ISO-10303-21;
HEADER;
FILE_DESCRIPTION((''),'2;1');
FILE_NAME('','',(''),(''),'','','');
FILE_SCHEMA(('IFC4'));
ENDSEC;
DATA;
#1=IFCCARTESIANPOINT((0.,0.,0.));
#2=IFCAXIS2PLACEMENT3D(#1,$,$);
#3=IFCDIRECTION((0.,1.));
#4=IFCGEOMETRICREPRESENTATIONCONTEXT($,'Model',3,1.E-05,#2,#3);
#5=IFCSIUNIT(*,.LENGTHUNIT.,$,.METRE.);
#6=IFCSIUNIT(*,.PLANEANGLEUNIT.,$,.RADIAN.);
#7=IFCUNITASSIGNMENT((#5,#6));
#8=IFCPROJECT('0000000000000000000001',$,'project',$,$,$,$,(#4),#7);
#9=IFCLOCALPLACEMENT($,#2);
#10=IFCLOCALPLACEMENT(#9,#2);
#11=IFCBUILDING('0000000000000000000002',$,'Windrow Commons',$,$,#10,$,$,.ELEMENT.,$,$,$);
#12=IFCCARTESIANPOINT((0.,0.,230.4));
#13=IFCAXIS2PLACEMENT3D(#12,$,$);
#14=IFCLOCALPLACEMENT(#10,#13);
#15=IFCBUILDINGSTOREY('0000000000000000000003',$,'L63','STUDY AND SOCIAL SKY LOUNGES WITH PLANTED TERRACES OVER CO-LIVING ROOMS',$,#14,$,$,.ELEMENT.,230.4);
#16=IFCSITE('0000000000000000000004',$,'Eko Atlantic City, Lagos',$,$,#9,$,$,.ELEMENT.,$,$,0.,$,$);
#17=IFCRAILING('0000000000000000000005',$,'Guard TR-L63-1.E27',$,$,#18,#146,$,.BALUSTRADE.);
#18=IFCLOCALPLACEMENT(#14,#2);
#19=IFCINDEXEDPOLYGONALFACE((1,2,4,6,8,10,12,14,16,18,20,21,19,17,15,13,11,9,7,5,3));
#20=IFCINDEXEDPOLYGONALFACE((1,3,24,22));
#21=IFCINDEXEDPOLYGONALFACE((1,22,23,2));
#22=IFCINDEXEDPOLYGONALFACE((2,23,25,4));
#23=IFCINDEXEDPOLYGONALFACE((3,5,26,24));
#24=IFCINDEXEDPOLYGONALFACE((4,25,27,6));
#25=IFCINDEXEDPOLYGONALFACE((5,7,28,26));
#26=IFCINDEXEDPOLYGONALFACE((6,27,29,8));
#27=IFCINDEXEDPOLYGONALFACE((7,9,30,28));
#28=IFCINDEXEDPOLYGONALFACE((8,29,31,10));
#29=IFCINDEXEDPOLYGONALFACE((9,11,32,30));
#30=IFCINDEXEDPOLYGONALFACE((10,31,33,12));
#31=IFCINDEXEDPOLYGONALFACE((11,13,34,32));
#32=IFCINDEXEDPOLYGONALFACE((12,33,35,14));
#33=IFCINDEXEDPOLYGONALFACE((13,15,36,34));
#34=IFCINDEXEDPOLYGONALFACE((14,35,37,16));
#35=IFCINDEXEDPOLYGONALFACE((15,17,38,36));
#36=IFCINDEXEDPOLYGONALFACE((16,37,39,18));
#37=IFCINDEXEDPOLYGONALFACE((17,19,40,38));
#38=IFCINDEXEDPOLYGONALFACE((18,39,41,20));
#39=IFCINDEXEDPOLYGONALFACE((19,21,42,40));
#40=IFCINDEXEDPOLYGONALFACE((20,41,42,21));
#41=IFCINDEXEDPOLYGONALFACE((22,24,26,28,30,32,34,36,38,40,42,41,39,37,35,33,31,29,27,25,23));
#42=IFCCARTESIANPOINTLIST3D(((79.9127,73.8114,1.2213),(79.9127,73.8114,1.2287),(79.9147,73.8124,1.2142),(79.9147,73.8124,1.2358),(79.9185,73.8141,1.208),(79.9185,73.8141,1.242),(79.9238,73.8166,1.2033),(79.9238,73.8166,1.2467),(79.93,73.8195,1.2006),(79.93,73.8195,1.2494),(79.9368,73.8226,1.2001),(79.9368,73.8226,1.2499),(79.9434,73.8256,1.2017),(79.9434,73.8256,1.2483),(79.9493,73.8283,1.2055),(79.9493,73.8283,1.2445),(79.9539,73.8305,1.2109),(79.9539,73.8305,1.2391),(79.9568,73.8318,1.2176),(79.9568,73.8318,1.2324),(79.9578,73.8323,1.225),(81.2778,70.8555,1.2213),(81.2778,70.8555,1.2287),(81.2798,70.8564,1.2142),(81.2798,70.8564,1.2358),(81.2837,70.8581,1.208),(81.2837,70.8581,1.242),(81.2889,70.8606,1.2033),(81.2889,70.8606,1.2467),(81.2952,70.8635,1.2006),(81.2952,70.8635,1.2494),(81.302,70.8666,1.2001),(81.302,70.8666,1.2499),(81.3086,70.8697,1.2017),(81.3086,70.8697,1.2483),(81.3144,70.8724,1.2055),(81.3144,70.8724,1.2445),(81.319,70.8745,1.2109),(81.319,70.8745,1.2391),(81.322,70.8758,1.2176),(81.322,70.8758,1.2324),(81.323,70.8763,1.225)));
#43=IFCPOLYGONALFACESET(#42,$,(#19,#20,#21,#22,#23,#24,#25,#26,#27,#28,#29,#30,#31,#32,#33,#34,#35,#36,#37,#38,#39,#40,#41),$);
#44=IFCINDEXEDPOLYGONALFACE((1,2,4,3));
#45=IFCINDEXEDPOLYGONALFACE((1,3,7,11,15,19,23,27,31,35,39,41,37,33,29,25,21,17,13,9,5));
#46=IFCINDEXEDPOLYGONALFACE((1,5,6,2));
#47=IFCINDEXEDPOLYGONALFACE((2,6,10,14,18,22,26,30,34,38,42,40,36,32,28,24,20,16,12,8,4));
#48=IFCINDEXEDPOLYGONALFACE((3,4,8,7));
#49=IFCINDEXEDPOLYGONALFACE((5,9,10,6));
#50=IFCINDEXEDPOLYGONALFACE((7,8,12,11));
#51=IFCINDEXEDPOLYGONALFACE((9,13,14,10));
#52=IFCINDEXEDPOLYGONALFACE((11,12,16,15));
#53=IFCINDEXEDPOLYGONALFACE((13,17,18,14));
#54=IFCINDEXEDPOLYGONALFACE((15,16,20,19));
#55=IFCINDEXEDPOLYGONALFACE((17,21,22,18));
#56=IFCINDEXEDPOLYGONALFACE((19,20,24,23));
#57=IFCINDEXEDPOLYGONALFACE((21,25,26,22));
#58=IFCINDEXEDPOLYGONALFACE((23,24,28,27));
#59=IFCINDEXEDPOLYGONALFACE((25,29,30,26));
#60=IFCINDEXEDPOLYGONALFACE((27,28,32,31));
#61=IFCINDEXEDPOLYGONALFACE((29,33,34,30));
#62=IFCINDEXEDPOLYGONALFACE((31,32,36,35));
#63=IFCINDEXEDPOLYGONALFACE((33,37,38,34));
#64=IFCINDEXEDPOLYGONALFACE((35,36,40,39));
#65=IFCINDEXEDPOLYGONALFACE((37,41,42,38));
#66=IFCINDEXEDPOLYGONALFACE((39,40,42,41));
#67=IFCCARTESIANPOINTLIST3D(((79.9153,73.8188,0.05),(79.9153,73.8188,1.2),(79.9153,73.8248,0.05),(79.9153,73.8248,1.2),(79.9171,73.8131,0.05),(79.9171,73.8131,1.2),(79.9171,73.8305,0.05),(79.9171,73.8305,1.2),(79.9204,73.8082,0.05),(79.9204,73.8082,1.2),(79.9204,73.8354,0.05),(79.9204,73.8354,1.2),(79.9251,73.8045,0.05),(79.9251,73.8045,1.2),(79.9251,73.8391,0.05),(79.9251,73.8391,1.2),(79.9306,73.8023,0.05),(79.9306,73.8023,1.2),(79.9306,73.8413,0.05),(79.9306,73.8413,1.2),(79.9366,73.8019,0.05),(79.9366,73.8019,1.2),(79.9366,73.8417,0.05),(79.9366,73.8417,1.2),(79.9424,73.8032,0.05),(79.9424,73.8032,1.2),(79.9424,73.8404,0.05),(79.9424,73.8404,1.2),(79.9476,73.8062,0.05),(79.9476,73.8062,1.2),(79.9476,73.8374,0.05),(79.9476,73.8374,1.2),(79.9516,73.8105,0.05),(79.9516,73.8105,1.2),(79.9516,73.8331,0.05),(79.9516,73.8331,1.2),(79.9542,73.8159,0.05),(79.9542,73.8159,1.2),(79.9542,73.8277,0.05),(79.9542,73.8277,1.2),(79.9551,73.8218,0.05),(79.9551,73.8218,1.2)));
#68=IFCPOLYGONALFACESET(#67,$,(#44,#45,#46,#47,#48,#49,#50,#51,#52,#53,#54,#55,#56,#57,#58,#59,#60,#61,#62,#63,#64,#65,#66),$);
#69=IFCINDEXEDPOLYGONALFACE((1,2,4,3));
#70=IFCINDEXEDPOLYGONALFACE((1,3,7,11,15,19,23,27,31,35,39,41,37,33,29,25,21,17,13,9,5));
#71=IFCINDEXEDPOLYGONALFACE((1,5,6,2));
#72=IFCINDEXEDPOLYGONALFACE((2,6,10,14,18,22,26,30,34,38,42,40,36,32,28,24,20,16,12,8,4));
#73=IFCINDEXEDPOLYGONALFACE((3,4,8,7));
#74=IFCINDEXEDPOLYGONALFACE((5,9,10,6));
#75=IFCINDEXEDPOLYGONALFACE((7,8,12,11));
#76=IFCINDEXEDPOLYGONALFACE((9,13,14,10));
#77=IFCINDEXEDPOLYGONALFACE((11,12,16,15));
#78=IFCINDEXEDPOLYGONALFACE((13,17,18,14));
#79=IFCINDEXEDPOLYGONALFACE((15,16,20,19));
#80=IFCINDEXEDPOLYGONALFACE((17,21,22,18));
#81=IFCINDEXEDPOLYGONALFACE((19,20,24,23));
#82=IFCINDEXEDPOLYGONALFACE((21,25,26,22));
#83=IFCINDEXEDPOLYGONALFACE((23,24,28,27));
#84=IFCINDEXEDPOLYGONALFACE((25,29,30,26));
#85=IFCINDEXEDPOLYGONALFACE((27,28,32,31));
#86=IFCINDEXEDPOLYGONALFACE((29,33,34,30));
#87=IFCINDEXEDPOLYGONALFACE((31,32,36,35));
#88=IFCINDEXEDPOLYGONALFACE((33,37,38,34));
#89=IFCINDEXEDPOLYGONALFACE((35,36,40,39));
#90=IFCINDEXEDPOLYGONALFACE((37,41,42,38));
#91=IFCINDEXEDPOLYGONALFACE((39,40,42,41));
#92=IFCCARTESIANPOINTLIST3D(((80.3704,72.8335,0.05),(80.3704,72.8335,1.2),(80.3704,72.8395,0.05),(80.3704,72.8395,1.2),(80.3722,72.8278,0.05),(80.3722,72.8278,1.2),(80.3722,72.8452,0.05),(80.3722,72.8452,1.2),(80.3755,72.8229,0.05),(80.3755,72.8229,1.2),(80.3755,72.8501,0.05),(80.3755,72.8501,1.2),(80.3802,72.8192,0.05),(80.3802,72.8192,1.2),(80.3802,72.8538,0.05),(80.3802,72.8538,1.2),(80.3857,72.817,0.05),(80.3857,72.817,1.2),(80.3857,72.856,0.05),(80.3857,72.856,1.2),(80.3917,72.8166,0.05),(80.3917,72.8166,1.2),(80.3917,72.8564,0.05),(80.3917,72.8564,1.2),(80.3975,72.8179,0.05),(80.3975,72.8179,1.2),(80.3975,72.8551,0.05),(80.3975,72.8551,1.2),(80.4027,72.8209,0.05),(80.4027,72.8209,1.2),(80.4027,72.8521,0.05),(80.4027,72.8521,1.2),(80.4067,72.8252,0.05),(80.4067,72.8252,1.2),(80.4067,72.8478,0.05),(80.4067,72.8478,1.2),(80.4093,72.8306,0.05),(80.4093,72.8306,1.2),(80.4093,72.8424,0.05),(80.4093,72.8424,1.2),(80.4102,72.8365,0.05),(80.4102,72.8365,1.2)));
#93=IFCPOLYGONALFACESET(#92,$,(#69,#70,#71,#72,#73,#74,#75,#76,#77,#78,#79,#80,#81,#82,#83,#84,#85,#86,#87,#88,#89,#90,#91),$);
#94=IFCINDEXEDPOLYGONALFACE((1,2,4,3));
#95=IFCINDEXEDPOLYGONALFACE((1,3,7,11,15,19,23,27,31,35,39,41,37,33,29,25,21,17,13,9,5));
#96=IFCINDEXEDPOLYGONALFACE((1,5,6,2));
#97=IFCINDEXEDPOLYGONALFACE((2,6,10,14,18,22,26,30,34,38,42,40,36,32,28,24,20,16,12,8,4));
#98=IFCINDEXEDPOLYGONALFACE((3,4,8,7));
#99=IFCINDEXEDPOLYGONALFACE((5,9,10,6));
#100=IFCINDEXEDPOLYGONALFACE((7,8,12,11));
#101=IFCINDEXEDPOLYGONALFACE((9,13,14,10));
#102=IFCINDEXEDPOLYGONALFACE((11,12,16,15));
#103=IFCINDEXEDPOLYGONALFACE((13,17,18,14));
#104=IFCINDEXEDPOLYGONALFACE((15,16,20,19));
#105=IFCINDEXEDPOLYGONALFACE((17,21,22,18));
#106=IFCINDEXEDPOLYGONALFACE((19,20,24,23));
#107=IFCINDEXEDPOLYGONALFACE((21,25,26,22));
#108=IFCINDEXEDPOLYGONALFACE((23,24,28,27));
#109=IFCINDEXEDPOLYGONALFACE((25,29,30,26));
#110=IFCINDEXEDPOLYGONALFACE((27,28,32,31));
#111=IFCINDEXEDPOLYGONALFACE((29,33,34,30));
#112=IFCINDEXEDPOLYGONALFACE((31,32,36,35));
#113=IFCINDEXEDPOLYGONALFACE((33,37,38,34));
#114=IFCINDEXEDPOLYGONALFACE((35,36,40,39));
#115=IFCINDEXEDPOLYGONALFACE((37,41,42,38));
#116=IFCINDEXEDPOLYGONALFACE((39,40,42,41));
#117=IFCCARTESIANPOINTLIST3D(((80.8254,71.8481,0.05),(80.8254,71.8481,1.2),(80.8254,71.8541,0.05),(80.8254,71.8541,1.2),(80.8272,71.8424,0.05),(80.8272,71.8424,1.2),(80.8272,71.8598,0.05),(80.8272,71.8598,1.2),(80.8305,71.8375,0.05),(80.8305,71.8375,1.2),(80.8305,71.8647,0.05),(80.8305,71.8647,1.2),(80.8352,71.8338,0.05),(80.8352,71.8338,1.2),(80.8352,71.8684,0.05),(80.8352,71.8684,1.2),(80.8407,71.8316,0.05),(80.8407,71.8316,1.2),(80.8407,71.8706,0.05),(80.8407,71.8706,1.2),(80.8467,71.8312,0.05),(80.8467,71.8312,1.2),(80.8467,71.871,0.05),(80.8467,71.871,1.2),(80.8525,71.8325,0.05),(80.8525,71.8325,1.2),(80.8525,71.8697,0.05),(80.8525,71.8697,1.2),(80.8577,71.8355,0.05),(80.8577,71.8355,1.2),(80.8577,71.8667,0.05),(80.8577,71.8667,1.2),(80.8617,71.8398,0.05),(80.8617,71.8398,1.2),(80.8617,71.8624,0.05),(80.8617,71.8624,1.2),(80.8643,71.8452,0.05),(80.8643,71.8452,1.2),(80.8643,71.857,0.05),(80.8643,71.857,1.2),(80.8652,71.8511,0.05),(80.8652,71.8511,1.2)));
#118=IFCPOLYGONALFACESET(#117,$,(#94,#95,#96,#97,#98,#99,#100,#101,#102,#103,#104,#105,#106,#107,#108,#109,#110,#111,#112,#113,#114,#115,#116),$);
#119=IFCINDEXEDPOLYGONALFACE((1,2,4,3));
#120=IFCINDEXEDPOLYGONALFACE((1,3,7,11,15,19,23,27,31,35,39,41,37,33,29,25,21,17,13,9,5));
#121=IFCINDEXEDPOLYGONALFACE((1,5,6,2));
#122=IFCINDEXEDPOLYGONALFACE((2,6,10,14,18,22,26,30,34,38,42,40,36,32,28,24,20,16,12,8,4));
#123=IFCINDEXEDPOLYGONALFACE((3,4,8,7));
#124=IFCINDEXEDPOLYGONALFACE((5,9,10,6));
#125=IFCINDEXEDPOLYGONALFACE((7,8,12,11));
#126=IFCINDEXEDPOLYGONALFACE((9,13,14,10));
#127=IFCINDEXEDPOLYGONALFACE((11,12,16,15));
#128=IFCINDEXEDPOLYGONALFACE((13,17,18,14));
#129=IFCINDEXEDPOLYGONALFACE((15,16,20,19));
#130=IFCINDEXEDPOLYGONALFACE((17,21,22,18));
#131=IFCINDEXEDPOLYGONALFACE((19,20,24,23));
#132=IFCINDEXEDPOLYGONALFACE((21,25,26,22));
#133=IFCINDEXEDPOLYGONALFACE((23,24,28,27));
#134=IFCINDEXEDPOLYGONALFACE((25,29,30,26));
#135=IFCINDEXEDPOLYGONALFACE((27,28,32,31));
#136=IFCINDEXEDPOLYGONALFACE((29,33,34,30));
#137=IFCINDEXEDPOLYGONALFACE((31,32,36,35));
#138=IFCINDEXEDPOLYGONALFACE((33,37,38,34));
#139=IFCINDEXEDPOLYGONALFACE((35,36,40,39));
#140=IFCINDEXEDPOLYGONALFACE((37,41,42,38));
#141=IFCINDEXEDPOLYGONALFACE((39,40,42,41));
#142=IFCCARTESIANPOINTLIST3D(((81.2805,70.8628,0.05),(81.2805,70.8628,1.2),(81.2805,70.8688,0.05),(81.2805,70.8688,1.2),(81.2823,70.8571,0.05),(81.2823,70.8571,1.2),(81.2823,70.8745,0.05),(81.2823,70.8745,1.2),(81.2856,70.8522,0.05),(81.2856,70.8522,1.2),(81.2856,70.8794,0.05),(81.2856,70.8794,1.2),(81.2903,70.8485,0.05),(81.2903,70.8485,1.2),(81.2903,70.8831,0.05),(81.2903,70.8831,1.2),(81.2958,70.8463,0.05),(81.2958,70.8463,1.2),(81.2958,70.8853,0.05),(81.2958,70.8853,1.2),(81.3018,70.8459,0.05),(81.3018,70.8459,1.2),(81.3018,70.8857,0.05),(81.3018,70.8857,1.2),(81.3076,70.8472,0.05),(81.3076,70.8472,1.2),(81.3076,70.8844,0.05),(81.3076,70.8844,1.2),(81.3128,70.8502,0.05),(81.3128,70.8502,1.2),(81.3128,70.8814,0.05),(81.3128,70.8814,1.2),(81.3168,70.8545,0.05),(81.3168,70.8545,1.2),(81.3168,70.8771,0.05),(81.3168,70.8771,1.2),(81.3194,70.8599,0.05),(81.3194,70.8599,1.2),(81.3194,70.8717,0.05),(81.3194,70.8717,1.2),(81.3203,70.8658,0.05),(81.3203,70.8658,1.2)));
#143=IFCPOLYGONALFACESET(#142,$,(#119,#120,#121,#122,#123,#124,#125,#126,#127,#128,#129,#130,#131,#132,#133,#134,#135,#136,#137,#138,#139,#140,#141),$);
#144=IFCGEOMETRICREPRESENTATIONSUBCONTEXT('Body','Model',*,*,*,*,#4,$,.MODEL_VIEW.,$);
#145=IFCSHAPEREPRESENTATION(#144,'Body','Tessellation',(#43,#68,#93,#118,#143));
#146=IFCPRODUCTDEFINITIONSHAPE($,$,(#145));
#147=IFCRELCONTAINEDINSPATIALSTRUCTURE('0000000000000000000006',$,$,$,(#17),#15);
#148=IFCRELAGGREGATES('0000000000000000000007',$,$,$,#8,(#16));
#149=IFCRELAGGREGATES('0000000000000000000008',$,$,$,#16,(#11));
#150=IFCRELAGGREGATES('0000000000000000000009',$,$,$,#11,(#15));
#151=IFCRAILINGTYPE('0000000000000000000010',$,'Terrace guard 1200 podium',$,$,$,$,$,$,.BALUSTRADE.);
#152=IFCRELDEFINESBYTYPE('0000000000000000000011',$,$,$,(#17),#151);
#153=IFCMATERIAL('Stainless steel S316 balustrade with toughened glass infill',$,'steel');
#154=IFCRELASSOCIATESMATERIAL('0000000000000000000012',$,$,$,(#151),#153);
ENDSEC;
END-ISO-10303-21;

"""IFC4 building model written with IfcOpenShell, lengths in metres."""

from ifc_helpers import new_model, si_unit, direction, frame, origin, origin_2d, place, context, subcontext, project, spatial, circle, extrude, material, type_object, element, save


model = new_model("IFC4")

# Units and contexts
model_context = context("Model", 3, precision=1e-05, world=origin(), true_north=direction((0.0, 1.0)))
body_context = subcontext(model_context, "Body", "Model", "MODEL_VIEW")
ifc_project = project(units=[si_unit("LENGTHUNIT", "METRE"), si_unit("PLANEANGLEUNIT", "RADIAN")], contexts=[model_context])

# Site, building, storey
site_placement = place(None, origin())
site = spatial("IfcSite", under=ifc_project, at=site_placement, Name="Eko Atlantic City, Lagos", CompositionType="ELEMENT", RefElevation=0.0)
building_placement = place(site_placement, origin())
building = spatial("IfcBuilding", under=site, at=building_placement, Name="Windrow Commons", CompositionType="ELEMENT")
storey_placement = place(building_placement, frame((0.0, 0.0, 230.4)))
storey = spatial("IfcBuildingStorey", under=building, at=storey_placement, Name="L63", Description="STUDY AND SOCIAL SKY LOUNGES WITH PLANTED TERRACES OVER CO-LIVING ROOMS", CompositionType="ELEMENT", Elevation=230.4)

# Railing
ifc_material_1 = material(Name="Stainless steel S316 balustrade with toughened glass infill", Category="steel")
railing_type_1 = type_object("IfcRailingType", Name="Terrace guard 1200 podium", PredefinedType="BALUSTRADE", material=ifc_material_1)
railing_1_placement = place(storey_placement, frame((79.9351, 73.8218, 0.05)))
element("IfcRailing", 1, at=railing_1_placement, inside=storey, type_object=railing_type_1, Name="Guard TR-L63-1.E27", PredefinedType="BALUSTRADE", context=body_context, shape_type="SweptSolid", body=[
    extrude(circle(Radius=0.025, at=origin_2d()), frame((0.0, 0.0, 1.175), z_axis=(0.419284, -0.907855, 0.0), x_axis=(0.907855, 0.419284, 0.0)), (0.0, 0.0, 1.0), 3.256),
    extrude(circle(Radius=0.02, at=origin_2d()), origin(), (0.0, 0.0, 1.0), 1.15),
    extrude(circle(Radius=0.02, at=origin_2d()), frame((0.4551, -0.9853, 0.0)), (0.0, 0.0, 1.0), 1.15),
    extrude(circle(Radius=0.02, at=origin_2d()), frame((0.9101, -1.9707, 0.0)), (0.0, 0.0, 1.0), 1.15),
    extrude(circle(Radius=0.02, at=origin_2d()), frame((1.3652, -2.956, 0.0)), (0.0, 0.0, 1.0), 1.15),
])

save(model, "model.ifc")
